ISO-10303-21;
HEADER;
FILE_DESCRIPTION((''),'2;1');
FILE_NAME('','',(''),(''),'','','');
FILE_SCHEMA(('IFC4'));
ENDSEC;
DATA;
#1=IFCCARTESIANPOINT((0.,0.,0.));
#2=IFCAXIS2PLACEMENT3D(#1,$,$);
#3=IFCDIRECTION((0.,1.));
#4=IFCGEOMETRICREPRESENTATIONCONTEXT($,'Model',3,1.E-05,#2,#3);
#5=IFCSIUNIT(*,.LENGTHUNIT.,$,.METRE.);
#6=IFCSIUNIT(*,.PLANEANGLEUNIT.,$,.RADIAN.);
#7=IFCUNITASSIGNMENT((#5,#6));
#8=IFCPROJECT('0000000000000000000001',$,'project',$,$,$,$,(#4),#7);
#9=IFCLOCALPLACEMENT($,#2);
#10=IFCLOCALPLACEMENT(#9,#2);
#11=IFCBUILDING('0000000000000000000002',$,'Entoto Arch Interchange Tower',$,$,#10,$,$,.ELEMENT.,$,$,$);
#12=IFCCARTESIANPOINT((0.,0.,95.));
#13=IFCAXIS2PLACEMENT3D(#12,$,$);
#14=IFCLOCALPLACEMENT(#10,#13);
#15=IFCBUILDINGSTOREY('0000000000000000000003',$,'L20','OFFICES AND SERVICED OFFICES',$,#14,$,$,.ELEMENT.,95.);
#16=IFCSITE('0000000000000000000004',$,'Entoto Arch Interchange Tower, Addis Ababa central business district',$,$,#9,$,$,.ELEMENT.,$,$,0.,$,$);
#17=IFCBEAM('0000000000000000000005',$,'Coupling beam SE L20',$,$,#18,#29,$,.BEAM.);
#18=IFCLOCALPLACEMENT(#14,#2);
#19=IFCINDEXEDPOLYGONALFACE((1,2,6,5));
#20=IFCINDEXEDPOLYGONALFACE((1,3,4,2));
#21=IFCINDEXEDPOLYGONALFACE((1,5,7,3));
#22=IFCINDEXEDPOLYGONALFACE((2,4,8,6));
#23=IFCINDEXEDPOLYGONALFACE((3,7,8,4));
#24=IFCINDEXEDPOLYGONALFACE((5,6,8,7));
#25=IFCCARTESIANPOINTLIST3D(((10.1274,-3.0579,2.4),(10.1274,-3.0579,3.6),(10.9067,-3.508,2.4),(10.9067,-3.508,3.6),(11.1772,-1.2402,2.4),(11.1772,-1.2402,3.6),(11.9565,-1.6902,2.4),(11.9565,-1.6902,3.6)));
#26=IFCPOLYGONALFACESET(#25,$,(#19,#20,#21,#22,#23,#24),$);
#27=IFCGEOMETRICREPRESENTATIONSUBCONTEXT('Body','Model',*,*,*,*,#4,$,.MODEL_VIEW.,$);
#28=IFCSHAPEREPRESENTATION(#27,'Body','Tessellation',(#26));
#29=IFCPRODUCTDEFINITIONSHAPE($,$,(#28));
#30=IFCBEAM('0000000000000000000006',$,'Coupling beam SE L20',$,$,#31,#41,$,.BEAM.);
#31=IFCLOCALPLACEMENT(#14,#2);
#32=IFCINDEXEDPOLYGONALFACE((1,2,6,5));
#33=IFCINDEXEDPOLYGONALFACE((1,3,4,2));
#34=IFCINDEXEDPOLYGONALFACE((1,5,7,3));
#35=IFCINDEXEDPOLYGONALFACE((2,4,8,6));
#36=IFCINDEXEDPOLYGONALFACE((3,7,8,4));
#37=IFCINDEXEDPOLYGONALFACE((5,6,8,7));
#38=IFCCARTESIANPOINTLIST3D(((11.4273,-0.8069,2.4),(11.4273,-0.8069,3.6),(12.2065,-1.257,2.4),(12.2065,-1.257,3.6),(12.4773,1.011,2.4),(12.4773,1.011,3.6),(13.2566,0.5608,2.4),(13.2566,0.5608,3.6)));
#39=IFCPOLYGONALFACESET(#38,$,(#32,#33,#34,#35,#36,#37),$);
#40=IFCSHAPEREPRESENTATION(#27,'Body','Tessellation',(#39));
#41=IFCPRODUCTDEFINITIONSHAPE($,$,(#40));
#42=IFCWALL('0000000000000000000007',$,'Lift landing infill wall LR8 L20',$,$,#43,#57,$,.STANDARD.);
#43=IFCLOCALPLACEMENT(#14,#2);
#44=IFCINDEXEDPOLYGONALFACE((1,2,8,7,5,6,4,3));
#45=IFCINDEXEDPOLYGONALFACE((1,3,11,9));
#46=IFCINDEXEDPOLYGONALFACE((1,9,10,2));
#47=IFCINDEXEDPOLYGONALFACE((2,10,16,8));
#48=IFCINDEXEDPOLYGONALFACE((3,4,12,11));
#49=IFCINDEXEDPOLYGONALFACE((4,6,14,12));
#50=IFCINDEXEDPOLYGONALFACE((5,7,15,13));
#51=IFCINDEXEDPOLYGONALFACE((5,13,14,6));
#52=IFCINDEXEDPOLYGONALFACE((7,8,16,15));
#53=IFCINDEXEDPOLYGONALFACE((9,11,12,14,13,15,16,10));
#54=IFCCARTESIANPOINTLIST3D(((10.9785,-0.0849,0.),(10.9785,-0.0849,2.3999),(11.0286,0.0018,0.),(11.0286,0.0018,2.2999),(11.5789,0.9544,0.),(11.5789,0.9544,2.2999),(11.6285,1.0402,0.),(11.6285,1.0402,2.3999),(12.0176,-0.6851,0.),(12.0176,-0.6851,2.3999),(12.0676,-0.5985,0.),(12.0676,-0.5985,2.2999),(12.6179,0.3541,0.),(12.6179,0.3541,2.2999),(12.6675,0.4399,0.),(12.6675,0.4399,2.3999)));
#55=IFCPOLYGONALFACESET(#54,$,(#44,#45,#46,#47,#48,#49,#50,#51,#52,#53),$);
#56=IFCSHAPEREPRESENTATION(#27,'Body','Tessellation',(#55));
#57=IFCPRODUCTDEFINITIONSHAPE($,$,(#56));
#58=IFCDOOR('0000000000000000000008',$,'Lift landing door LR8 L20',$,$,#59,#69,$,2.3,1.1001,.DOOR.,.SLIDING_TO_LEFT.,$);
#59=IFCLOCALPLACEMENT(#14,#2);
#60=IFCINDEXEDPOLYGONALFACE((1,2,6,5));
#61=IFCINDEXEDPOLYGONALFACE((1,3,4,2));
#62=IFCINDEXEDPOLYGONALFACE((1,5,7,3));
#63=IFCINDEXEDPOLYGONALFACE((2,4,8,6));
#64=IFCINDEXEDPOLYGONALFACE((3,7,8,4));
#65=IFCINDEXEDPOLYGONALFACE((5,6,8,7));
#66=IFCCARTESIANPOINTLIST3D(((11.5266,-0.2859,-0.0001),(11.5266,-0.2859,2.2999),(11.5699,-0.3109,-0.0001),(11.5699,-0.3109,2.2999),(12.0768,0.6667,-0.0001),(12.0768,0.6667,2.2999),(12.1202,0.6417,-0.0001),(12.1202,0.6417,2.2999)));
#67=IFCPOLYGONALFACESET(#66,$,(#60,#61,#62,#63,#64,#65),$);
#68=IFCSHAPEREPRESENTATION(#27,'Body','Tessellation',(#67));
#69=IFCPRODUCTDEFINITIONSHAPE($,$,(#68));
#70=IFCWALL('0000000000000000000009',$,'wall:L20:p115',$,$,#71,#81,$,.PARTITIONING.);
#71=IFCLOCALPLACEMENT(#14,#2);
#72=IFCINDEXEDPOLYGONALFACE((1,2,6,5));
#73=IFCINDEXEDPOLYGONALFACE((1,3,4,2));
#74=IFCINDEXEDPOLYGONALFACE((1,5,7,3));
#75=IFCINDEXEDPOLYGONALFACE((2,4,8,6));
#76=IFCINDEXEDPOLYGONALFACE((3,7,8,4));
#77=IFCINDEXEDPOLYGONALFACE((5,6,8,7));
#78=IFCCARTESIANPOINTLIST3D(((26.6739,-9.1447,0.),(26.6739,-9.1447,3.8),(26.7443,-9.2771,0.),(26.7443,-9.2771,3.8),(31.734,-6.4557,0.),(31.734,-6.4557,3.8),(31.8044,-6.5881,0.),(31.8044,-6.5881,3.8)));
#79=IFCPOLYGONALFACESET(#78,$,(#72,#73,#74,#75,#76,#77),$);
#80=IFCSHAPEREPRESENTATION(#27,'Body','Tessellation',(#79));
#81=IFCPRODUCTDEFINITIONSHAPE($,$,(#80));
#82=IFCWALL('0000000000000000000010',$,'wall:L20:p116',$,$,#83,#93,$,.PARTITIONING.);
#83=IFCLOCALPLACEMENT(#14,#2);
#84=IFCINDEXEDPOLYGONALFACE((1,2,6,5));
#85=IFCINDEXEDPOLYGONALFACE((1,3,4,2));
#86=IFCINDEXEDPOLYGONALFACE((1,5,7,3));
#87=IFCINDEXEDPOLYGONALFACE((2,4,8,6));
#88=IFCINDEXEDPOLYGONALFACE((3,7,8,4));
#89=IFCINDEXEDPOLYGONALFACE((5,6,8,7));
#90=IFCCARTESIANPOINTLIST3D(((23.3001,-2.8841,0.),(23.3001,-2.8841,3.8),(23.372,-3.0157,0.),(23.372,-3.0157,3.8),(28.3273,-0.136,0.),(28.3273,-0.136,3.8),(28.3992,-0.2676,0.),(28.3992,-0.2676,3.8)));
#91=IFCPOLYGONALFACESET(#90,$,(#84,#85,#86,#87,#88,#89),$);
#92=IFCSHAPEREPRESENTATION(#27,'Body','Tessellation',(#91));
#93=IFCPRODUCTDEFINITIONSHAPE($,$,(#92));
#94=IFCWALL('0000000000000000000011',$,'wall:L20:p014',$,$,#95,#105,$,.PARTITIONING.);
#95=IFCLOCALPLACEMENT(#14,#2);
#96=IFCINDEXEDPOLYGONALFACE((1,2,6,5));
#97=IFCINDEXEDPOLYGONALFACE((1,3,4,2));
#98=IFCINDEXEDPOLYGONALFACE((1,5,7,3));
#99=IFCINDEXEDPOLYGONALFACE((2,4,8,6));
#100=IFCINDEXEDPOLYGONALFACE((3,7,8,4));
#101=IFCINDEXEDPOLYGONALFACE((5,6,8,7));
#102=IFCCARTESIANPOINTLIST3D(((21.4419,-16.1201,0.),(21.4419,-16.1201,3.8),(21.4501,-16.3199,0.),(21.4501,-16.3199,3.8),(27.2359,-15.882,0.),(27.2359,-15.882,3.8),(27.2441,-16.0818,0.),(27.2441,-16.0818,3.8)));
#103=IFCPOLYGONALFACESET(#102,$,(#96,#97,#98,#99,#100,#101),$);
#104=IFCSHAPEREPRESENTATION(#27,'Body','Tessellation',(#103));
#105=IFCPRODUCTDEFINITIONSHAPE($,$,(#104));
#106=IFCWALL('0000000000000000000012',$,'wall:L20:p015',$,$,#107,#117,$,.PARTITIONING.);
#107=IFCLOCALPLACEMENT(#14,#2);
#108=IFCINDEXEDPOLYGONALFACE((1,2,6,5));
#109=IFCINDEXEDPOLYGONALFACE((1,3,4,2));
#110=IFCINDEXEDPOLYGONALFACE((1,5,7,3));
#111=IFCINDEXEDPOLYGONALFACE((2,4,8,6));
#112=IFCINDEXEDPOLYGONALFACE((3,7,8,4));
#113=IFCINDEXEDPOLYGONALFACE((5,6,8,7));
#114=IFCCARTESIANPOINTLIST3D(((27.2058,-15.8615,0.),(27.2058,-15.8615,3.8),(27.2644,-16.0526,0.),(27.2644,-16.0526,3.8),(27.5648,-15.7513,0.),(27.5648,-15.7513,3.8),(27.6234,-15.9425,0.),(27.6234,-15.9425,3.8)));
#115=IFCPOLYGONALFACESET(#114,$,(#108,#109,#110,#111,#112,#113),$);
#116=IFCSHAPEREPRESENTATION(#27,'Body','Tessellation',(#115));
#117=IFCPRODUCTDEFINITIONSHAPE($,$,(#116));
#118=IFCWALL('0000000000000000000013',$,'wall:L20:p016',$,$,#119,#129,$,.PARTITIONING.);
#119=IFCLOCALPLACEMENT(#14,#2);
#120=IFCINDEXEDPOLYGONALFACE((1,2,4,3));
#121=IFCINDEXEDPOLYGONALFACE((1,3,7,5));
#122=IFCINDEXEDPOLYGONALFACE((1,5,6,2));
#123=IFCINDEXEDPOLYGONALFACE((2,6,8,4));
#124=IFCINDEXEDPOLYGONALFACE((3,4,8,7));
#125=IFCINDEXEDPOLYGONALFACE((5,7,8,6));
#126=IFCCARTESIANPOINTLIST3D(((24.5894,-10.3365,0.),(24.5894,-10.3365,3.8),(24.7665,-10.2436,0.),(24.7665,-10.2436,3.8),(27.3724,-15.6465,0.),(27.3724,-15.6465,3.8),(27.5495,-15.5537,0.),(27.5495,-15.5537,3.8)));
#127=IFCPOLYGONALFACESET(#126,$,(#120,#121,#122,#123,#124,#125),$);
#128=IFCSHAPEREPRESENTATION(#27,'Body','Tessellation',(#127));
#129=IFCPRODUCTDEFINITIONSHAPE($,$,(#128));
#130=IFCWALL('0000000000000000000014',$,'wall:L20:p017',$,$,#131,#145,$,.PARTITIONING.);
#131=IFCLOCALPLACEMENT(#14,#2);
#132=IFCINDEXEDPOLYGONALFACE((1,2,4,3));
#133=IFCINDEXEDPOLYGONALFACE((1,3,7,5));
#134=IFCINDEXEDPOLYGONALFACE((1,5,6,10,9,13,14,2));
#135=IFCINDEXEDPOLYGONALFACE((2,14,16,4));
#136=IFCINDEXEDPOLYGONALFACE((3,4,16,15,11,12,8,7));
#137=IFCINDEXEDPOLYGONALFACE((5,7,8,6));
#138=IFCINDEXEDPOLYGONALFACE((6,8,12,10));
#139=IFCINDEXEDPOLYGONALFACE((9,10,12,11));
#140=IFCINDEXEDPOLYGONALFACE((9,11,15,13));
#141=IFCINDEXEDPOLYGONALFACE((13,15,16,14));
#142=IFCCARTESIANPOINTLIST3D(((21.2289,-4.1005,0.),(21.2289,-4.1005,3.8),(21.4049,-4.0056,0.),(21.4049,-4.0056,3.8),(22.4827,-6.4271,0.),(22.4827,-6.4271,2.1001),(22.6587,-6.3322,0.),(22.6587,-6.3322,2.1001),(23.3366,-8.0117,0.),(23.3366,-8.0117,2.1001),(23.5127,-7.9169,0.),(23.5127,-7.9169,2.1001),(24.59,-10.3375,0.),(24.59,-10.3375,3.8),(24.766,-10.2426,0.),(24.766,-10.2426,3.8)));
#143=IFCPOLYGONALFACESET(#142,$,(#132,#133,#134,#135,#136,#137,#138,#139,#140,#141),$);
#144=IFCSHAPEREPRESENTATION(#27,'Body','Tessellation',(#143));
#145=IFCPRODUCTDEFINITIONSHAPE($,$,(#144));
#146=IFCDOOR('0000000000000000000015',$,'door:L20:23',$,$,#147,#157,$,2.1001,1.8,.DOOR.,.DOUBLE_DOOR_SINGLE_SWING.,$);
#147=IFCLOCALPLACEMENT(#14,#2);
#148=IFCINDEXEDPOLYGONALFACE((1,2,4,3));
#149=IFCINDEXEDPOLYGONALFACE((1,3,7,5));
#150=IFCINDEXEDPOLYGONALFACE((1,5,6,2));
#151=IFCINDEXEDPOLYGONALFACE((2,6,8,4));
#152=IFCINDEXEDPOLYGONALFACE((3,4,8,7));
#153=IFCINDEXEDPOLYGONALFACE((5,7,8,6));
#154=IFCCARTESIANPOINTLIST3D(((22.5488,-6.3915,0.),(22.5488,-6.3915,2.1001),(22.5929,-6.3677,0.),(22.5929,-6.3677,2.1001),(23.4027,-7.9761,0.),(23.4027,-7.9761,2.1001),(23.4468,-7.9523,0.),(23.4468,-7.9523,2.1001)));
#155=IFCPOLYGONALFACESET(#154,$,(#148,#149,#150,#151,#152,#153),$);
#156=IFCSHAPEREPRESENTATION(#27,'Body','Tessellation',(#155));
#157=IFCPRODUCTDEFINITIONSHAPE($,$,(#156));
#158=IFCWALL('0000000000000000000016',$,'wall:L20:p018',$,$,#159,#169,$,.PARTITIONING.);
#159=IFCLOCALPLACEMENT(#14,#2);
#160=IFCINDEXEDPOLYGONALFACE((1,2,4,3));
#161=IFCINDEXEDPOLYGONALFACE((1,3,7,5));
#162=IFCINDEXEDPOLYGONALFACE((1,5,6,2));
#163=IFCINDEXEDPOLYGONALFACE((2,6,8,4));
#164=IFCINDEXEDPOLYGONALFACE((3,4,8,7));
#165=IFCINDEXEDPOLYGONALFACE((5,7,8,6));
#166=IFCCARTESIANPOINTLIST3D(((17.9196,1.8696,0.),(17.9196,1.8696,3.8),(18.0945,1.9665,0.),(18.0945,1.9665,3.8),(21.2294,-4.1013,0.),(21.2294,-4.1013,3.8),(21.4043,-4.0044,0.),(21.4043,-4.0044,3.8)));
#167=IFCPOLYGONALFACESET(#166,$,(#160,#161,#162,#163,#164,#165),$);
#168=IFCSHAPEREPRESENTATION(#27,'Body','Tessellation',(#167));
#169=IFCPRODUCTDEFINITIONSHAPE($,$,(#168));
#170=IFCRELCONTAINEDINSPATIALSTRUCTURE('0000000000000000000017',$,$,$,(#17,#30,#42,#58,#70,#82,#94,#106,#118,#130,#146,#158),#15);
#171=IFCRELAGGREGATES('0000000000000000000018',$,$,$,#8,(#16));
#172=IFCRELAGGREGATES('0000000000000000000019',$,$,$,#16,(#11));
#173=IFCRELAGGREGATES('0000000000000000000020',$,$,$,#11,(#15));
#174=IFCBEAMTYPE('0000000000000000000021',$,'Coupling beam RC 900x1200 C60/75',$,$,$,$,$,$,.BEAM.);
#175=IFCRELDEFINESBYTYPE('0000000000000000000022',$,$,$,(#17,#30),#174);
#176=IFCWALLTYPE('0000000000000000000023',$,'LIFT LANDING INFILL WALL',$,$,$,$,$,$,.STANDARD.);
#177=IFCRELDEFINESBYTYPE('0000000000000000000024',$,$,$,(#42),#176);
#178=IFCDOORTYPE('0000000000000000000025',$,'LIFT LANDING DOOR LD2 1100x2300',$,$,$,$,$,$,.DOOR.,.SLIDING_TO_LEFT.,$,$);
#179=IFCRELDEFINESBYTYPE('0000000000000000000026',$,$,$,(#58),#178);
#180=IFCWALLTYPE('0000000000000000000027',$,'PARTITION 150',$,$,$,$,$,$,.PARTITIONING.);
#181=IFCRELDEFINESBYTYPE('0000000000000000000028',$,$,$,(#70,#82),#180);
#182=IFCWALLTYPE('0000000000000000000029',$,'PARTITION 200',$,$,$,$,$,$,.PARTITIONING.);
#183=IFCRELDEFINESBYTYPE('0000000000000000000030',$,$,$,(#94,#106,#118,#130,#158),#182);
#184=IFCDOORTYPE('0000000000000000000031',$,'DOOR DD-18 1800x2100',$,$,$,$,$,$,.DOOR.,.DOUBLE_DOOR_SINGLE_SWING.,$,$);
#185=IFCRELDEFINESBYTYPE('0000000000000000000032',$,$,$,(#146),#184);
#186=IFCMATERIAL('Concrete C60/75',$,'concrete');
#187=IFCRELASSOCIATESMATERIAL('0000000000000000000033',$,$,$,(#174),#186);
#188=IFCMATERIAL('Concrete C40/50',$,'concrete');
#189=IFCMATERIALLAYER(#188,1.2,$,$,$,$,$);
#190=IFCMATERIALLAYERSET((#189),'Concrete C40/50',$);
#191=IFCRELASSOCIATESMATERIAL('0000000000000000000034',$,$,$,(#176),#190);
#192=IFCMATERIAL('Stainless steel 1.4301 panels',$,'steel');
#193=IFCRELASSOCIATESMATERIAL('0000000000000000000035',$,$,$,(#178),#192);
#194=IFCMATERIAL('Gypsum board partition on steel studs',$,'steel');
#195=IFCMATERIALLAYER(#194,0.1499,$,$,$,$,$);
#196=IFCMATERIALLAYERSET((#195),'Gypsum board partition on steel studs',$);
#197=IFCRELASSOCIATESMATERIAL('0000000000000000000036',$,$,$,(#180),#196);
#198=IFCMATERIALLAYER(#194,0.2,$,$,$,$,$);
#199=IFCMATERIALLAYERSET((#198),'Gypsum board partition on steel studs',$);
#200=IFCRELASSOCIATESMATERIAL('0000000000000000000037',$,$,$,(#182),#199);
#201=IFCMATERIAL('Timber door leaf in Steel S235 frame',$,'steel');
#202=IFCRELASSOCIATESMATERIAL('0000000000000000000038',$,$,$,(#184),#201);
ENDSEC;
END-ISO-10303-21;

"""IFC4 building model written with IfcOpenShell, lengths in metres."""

from ifc_helpers import new_model, si_unit, direction, frame, frame_2d, origin, origin_2d, place, context, subcontext, project, spatial, rectangle, extrude, material, layer, layer_set, material_profile, profile_set, type_object, element, fill, save


model = new_model("IFC4")

# Units and contexts
model_context = context("Model", 3, precision=1e-05, world=origin(), true_north=direction((0.0, 1.0)))
body_context = subcontext(model_context, "Body", "Model", "MODEL_VIEW")
ifc_project = project(units=[si_unit("LENGTHUNIT", "METRE"), si_unit("PLANEANGLEUNIT", "RADIAN")], contexts=[model_context])

# Site, building, storey
site_placement = place(None, origin())
site = spatial("IfcSite", under=ifc_project, at=site_placement, Name="Entoto Arch Interchange Tower, Addis Ababa central business district", CompositionType="ELEMENT", RefElevation=0.0)
building_placement = place(site_placement, origin())
building = spatial("IfcBuilding", under=site, at=building_placement, Name="Entoto Arch Interchange Tower", CompositionType="ELEMENT")
storey_placement = place(building_placement, frame((0.0, 0.0, 95.0)))
storey = spatial("IfcBuildingStorey", under=building, at=storey_placement, Name="L20", Description="OFFICES AND SERVICED OFFICES", CompositionType="ELEMENT", Elevation=95.0)

# Beams
ifc_material_1 = material(Name="Concrete C60/75", Category="concrete")
ifc_material_profile = material_profile(ifc_material_1, rectangle(XDim=0.8999, YDim=1.2, at=origin_2d()))
ifc_profile_set = profile_set([ifc_material_profile], Name="Concrete C60/75")
beam_type = type_object("IfcBeamType", Name="Coupling beam RC 900x1200 C60/75", PredefinedType="BEAM", material=ifc_profile_set)
beam_1_placement = place(storey_placement, frame((10.5171, -3.283, 3.0), z_axis=(0.500092, 0.865973, 0.0), x_axis=(-0.865973, 0.500092, 0.0)))
element("IfcBeam", 1, at=beam_1_placement, inside=storey, type_object=beam_type, Name="Coupling beam SE L20", PredefinedType="BEAM", context=body_context, shape_type="SweptSolid", body=[
    extrude(rectangle(XDim=0.8999, YDim=1.2, at=origin_2d()), origin(), (0.0, 0.0, 1.0), 2.0991),
])
beam_2_placement = place(storey_placement, frame((11.8169, -1.032, 3.0), z_axis=(0.500179, 0.865922, 0.0), x_axis=(-0.865922, 0.500179, 0.0)))
element("IfcBeam", 2, at=beam_2_placement, inside=storey, type_object=beam_type, Name="Coupling beam SE L20", PredefinedType="BEAM", context=body_context, shape_type="SweptSolid", body=[
    extrude(rectangle(XDim=0.8999, YDim=1.2, at=origin_2d()), origin(), (0.0, 0.0, 1.0), 2.0994),
])

# Wall, opening, door
ifc_material_2 = material(Name="Concrete C40/50", Category="concrete")
ifc_layer_1 = layer(ifc_material_2, 1.2)
ifc_layer_set_1 = layer_set([ifc_layer_1], Name="Concrete C40/50")
wall_type_1 = type_object("IfcWallType", Name="LIFT LANDING INFILL WALL", PredefinedType="STANDARD", material=ifc_layer_set_1)
wall_1_placement = place(storey_placement, frame((11.498, -0.385, 0.0), z_axis=(0.0, 0.0, 1.0), x_axis=(0.500221, 0.865898, 0.0)))
wall_1 = element("IfcWall", 3, at=wall_1_placement, inside=storey, type_object=wall_type_1, Name="Lift landing infill wall LR8 L20", PredefinedType="STANDARD", context=body_context, shape_type="SweptSolid", body=[
    extrude(rectangle(XDim=1.2993, YDim=1.2, at=frame_2d((0.6497, 0.0))), origin(), (0.0, 0.0, 1.0), 2.3999),
])
opening_1_placement = place(wall_1_placement, frame((0.1001, 0.0, 0.0)))
opening_1 = element("IfcOpeningElement", 4, at=opening_1_placement, cuts=wall_1, PredefinedType="OPENING", context=body_context, shape_type="SweptSolid", body=[
    extrude(rectangle(XDim=1.1001, YDim=2.3, at=frame_2d((0.55, 1.1499))), frame((0.0, 0.6099, 0.0), z_axis=(0.0, -1.0, 0.0), x_axis=(1.0, 0.0, 0.0)), (0.0, 0.0, 1.0), 1.22),
])
ifc_material_3 = material(Name="Stainless steel 1.4301 panels", Category="steel")
door_type_1 = type_object("IfcDoorType", Name="LIFT LANDING DOOR LD2 1100x2300", OperationType="SLIDING_TO_LEFT", PredefinedType="DOOR", material=ifc_material_3)
door_1_placement = place(opening_1_placement, origin())
door_1 = element("IfcDoor", 5, at=door_1_placement, inside=storey, type_object=door_type_1, Name="Lift landing door LR8 L20", OperationType="SLIDING_TO_LEFT", OverallHeight=2.3, OverallWidth=1.1001, PredefinedType="DOOR", context=body_context, shape_type="SweptSolid", body=[
    extrude(rectangle(XDim=1.1001, YDim=2.3, at=frame_2d((0.55, 1.1499))), frame((0.0, 0.0249, 0.0), z_axis=(0.0, -1.0, 0.0), x_axis=(1.0, 0.0, 0.0)), (0.0, 0.0, 1.0), 0.05),
])
fill(opening_1, door_1)

# Walls
ifc_material_4 = material(Name="Gypsum board partition on steel studs", Category="steel")
ifc_layer_2 = layer(ifc_material_4, 0.1499)
ifc_layer_set_2 = layer_set([ifc_layer_2], Name="Gypsum board partition on steel studs")
wall_type_2 = type_object("IfcWallType", Name="PARTITION 150", PredefinedType="PARTITIONING", material=ifc_layer_set_2)
wall_2_placement = place(storey_placement, frame((26.709, -9.2109, 0.0), z_axis=(0.0, 0.0, 1.0), x_axis=(0.883057, 0.469265, 0.0)))
element("IfcWall", 6, at=wall_2_placement, inside=storey, type_object=wall_type_2, Name="wall:L20:p115", PredefinedType="PARTITIONING", context=body_context, shape_type="SweptSolid", body=[
    extrude(rectangle(XDim=5.7302, YDim=0.1499, at=frame_2d((2.8652, 0.0))), origin(), (0.0, 0.0, 1.0), 3.8),
])
wall_3_placement = place(storey_placement, frame((23.3359, -2.95, 0.0), z_axis=(0.0, 0.0, 1.0), x_axis=(0.877455, 0.479658, 0.0)))
element("IfcWall", 7, at=wall_3_placement, inside=storey, type_object=wall_type_2, Name="wall:L20:p116", PredefinedType="PARTITIONING", context=body_context, shape_type="SweptSolid", body=[
    extrude(rectangle(XDim=5.7292, YDim=0.1499, at=frame_2d((2.8647, 0.0))), origin(), (0.0, 0.0, 1.0), 3.8),
])
ifc_layer_3 = layer(ifc_material_4, 0.2)
ifc_layer_set_3 = layer_set([ifc_layer_3], Name="Gypsum board partition on steel studs")
wall_type_3 = type_object("IfcWallType", Name="PARTITION 200", PredefinedType="PARTITIONING", material=ifc_layer_set_3)
wall_4_placement = place(storey_placement, frame((21.446, -16.22, 0.0), z_axis=(0.0, 0.0, 1.0), x_axis=(0.999157, 0.041049, 0.0)))
element("IfcWall", 8, at=wall_4_placement, inside=storey, type_object=wall_type_3, Name="wall:L20:p014", PredefinedType="PARTITIONING", context=body_context, shape_type="SweptSolid", body=[
    extrude(rectangle(XDim=5.7988, YDim=0.2, at=frame_2d((2.8994, 0.0))), origin(), (0.0, 0.0, 1.0), 3.8),
])
wall_5_placement = place(storey_placement, frame((27.2351, -15.957, 0.0), z_axis=(0.0, 0.0, 1.0), x_axis=(0.956018, 0.293309, 0.0)))
element("IfcWall", 9, at=wall_5_placement, inside=storey, type_object=wall_type_3, Name="wall:L20:p015", PredefinedType="PARTITIONING", context=body_context, shape_type="SweptSolid", body=[
    extrude(rectangle(XDim=0.3755, YDim=0.2, at=frame_2d((0.1877, 0.0))), origin(), (0.0, 0.0, 1.0), 3.8),
])
wall_6_placement = place(storey_placement, frame((27.4609, -15.6001, 0.0), z_axis=(0.0, 0.0, 1.0), x_axis=(-0.464203, 0.885729, 0.0)))
element("IfcWall", 10, at=wall_6_placement, inside=storey, type_object=wall_type_3, Name="wall:L20:p016", PredefinedType="PARTITIONING", context=body_context, shape_type="SweptSolid", body=[
    extrude(rectangle(XDim=5.9951, YDim=0.2, at=frame_2d((2.9976, 0.0))), origin(), (0.0, 0.0, 1.0), 3.8),
])

# Wall, opening, door
wall_7_placement = place(storey_placement, frame((24.678, -10.29, 0.0), z_axis=(0.0, 0.0, 1.0), x_axis=(-0.474392, 0.880314, 0.0)))
wall_7 = element("IfcWall", 11, at=wall_7_placement, inside=storey, type_object=wall_type_3, Name="wall:L20:p017", PredefinedType="PARTITIONING", context=body_context, shape_type="SweptSolid", body=[
    extrude(rectangle(XDim=7.085, YDim=0.2, at=frame_2d((3.5425, 0.0))), origin(), (0.0, 0.0, 1.0), 3.8),
])
opening_2_placement = place(wall_7_placement, frame((2.6421, 0.0, 0.0)))
opening_2 = element("IfcOpeningElement", 12, at=opening_2_placement, cuts=wall_7, PredefinedType="OPENING", context=body_context, shape_type="SweptSolid", body=[
    extrude(rectangle(XDim=1.8, YDim=2.1001, at=frame_2d((0.8999, 1.05))), frame((0.0, 0.1099, 0.0), z_axis=(0.0, -1.0, 0.0), x_axis=(1.0, 0.0, 0.0)), (0.0, 0.0, 1.0), 0.22),
])
ifc_material_5 = material(Name="Timber door leaf in Steel S235 frame", Category="steel")
door_type_2 = type_object("IfcDoorType", Name="DOOR DD-18 1800x2100", OperationType="DOUBLE_DOOR_SINGLE_SWING", PredefinedType="DOOR", material=ifc_material_5)
door_2_placement = place(opening_2_placement, origin())
door_2 = element("IfcDoor", 13, at=door_2_placement, inside=storey, type_object=door_type_2, Name="door:L20:23", OperationType="DOUBLE_DOOR_SINGLE_SWING", OverallHeight=2.1001, OverallWidth=1.8, PredefinedType="DOOR", context=body_context, shape_type="SweptSolid", body=[
    extrude(rectangle(XDim=1.8, YDim=2.1001, at=frame_2d((0.8999, 1.05))), frame((0.0, 0.0249, 0.0), z_axis=(0.0, -1.0, 0.0), x_axis=(1.0, 0.0, 0.0)), (0.0, 0.0, 1.0), 0.05),
])
fill(opening_2, door_2)

# Wall
wall_8_placement = place(storey_placement, frame((21.3169, -4.053, 0.0), z_axis=(0.0, 0.0, 1.0), x_axis=(-0.484817, 0.874616, 0.0)))
element("IfcWall", 14, at=wall_8_placement, inside=storey, type_object=wall_type_3, Name="wall:L20:p018", PredefinedType="PARTITIONING", context=body_context, shape_type="SweptSolid", body=[
    extrude(rectangle(XDim=6.8269, YDim=0.2, at=frame_2d((3.4136, 0.0))), origin(), (0.0, 0.0, 1.0), 3.8),
])

save(model, "model.ifc")
